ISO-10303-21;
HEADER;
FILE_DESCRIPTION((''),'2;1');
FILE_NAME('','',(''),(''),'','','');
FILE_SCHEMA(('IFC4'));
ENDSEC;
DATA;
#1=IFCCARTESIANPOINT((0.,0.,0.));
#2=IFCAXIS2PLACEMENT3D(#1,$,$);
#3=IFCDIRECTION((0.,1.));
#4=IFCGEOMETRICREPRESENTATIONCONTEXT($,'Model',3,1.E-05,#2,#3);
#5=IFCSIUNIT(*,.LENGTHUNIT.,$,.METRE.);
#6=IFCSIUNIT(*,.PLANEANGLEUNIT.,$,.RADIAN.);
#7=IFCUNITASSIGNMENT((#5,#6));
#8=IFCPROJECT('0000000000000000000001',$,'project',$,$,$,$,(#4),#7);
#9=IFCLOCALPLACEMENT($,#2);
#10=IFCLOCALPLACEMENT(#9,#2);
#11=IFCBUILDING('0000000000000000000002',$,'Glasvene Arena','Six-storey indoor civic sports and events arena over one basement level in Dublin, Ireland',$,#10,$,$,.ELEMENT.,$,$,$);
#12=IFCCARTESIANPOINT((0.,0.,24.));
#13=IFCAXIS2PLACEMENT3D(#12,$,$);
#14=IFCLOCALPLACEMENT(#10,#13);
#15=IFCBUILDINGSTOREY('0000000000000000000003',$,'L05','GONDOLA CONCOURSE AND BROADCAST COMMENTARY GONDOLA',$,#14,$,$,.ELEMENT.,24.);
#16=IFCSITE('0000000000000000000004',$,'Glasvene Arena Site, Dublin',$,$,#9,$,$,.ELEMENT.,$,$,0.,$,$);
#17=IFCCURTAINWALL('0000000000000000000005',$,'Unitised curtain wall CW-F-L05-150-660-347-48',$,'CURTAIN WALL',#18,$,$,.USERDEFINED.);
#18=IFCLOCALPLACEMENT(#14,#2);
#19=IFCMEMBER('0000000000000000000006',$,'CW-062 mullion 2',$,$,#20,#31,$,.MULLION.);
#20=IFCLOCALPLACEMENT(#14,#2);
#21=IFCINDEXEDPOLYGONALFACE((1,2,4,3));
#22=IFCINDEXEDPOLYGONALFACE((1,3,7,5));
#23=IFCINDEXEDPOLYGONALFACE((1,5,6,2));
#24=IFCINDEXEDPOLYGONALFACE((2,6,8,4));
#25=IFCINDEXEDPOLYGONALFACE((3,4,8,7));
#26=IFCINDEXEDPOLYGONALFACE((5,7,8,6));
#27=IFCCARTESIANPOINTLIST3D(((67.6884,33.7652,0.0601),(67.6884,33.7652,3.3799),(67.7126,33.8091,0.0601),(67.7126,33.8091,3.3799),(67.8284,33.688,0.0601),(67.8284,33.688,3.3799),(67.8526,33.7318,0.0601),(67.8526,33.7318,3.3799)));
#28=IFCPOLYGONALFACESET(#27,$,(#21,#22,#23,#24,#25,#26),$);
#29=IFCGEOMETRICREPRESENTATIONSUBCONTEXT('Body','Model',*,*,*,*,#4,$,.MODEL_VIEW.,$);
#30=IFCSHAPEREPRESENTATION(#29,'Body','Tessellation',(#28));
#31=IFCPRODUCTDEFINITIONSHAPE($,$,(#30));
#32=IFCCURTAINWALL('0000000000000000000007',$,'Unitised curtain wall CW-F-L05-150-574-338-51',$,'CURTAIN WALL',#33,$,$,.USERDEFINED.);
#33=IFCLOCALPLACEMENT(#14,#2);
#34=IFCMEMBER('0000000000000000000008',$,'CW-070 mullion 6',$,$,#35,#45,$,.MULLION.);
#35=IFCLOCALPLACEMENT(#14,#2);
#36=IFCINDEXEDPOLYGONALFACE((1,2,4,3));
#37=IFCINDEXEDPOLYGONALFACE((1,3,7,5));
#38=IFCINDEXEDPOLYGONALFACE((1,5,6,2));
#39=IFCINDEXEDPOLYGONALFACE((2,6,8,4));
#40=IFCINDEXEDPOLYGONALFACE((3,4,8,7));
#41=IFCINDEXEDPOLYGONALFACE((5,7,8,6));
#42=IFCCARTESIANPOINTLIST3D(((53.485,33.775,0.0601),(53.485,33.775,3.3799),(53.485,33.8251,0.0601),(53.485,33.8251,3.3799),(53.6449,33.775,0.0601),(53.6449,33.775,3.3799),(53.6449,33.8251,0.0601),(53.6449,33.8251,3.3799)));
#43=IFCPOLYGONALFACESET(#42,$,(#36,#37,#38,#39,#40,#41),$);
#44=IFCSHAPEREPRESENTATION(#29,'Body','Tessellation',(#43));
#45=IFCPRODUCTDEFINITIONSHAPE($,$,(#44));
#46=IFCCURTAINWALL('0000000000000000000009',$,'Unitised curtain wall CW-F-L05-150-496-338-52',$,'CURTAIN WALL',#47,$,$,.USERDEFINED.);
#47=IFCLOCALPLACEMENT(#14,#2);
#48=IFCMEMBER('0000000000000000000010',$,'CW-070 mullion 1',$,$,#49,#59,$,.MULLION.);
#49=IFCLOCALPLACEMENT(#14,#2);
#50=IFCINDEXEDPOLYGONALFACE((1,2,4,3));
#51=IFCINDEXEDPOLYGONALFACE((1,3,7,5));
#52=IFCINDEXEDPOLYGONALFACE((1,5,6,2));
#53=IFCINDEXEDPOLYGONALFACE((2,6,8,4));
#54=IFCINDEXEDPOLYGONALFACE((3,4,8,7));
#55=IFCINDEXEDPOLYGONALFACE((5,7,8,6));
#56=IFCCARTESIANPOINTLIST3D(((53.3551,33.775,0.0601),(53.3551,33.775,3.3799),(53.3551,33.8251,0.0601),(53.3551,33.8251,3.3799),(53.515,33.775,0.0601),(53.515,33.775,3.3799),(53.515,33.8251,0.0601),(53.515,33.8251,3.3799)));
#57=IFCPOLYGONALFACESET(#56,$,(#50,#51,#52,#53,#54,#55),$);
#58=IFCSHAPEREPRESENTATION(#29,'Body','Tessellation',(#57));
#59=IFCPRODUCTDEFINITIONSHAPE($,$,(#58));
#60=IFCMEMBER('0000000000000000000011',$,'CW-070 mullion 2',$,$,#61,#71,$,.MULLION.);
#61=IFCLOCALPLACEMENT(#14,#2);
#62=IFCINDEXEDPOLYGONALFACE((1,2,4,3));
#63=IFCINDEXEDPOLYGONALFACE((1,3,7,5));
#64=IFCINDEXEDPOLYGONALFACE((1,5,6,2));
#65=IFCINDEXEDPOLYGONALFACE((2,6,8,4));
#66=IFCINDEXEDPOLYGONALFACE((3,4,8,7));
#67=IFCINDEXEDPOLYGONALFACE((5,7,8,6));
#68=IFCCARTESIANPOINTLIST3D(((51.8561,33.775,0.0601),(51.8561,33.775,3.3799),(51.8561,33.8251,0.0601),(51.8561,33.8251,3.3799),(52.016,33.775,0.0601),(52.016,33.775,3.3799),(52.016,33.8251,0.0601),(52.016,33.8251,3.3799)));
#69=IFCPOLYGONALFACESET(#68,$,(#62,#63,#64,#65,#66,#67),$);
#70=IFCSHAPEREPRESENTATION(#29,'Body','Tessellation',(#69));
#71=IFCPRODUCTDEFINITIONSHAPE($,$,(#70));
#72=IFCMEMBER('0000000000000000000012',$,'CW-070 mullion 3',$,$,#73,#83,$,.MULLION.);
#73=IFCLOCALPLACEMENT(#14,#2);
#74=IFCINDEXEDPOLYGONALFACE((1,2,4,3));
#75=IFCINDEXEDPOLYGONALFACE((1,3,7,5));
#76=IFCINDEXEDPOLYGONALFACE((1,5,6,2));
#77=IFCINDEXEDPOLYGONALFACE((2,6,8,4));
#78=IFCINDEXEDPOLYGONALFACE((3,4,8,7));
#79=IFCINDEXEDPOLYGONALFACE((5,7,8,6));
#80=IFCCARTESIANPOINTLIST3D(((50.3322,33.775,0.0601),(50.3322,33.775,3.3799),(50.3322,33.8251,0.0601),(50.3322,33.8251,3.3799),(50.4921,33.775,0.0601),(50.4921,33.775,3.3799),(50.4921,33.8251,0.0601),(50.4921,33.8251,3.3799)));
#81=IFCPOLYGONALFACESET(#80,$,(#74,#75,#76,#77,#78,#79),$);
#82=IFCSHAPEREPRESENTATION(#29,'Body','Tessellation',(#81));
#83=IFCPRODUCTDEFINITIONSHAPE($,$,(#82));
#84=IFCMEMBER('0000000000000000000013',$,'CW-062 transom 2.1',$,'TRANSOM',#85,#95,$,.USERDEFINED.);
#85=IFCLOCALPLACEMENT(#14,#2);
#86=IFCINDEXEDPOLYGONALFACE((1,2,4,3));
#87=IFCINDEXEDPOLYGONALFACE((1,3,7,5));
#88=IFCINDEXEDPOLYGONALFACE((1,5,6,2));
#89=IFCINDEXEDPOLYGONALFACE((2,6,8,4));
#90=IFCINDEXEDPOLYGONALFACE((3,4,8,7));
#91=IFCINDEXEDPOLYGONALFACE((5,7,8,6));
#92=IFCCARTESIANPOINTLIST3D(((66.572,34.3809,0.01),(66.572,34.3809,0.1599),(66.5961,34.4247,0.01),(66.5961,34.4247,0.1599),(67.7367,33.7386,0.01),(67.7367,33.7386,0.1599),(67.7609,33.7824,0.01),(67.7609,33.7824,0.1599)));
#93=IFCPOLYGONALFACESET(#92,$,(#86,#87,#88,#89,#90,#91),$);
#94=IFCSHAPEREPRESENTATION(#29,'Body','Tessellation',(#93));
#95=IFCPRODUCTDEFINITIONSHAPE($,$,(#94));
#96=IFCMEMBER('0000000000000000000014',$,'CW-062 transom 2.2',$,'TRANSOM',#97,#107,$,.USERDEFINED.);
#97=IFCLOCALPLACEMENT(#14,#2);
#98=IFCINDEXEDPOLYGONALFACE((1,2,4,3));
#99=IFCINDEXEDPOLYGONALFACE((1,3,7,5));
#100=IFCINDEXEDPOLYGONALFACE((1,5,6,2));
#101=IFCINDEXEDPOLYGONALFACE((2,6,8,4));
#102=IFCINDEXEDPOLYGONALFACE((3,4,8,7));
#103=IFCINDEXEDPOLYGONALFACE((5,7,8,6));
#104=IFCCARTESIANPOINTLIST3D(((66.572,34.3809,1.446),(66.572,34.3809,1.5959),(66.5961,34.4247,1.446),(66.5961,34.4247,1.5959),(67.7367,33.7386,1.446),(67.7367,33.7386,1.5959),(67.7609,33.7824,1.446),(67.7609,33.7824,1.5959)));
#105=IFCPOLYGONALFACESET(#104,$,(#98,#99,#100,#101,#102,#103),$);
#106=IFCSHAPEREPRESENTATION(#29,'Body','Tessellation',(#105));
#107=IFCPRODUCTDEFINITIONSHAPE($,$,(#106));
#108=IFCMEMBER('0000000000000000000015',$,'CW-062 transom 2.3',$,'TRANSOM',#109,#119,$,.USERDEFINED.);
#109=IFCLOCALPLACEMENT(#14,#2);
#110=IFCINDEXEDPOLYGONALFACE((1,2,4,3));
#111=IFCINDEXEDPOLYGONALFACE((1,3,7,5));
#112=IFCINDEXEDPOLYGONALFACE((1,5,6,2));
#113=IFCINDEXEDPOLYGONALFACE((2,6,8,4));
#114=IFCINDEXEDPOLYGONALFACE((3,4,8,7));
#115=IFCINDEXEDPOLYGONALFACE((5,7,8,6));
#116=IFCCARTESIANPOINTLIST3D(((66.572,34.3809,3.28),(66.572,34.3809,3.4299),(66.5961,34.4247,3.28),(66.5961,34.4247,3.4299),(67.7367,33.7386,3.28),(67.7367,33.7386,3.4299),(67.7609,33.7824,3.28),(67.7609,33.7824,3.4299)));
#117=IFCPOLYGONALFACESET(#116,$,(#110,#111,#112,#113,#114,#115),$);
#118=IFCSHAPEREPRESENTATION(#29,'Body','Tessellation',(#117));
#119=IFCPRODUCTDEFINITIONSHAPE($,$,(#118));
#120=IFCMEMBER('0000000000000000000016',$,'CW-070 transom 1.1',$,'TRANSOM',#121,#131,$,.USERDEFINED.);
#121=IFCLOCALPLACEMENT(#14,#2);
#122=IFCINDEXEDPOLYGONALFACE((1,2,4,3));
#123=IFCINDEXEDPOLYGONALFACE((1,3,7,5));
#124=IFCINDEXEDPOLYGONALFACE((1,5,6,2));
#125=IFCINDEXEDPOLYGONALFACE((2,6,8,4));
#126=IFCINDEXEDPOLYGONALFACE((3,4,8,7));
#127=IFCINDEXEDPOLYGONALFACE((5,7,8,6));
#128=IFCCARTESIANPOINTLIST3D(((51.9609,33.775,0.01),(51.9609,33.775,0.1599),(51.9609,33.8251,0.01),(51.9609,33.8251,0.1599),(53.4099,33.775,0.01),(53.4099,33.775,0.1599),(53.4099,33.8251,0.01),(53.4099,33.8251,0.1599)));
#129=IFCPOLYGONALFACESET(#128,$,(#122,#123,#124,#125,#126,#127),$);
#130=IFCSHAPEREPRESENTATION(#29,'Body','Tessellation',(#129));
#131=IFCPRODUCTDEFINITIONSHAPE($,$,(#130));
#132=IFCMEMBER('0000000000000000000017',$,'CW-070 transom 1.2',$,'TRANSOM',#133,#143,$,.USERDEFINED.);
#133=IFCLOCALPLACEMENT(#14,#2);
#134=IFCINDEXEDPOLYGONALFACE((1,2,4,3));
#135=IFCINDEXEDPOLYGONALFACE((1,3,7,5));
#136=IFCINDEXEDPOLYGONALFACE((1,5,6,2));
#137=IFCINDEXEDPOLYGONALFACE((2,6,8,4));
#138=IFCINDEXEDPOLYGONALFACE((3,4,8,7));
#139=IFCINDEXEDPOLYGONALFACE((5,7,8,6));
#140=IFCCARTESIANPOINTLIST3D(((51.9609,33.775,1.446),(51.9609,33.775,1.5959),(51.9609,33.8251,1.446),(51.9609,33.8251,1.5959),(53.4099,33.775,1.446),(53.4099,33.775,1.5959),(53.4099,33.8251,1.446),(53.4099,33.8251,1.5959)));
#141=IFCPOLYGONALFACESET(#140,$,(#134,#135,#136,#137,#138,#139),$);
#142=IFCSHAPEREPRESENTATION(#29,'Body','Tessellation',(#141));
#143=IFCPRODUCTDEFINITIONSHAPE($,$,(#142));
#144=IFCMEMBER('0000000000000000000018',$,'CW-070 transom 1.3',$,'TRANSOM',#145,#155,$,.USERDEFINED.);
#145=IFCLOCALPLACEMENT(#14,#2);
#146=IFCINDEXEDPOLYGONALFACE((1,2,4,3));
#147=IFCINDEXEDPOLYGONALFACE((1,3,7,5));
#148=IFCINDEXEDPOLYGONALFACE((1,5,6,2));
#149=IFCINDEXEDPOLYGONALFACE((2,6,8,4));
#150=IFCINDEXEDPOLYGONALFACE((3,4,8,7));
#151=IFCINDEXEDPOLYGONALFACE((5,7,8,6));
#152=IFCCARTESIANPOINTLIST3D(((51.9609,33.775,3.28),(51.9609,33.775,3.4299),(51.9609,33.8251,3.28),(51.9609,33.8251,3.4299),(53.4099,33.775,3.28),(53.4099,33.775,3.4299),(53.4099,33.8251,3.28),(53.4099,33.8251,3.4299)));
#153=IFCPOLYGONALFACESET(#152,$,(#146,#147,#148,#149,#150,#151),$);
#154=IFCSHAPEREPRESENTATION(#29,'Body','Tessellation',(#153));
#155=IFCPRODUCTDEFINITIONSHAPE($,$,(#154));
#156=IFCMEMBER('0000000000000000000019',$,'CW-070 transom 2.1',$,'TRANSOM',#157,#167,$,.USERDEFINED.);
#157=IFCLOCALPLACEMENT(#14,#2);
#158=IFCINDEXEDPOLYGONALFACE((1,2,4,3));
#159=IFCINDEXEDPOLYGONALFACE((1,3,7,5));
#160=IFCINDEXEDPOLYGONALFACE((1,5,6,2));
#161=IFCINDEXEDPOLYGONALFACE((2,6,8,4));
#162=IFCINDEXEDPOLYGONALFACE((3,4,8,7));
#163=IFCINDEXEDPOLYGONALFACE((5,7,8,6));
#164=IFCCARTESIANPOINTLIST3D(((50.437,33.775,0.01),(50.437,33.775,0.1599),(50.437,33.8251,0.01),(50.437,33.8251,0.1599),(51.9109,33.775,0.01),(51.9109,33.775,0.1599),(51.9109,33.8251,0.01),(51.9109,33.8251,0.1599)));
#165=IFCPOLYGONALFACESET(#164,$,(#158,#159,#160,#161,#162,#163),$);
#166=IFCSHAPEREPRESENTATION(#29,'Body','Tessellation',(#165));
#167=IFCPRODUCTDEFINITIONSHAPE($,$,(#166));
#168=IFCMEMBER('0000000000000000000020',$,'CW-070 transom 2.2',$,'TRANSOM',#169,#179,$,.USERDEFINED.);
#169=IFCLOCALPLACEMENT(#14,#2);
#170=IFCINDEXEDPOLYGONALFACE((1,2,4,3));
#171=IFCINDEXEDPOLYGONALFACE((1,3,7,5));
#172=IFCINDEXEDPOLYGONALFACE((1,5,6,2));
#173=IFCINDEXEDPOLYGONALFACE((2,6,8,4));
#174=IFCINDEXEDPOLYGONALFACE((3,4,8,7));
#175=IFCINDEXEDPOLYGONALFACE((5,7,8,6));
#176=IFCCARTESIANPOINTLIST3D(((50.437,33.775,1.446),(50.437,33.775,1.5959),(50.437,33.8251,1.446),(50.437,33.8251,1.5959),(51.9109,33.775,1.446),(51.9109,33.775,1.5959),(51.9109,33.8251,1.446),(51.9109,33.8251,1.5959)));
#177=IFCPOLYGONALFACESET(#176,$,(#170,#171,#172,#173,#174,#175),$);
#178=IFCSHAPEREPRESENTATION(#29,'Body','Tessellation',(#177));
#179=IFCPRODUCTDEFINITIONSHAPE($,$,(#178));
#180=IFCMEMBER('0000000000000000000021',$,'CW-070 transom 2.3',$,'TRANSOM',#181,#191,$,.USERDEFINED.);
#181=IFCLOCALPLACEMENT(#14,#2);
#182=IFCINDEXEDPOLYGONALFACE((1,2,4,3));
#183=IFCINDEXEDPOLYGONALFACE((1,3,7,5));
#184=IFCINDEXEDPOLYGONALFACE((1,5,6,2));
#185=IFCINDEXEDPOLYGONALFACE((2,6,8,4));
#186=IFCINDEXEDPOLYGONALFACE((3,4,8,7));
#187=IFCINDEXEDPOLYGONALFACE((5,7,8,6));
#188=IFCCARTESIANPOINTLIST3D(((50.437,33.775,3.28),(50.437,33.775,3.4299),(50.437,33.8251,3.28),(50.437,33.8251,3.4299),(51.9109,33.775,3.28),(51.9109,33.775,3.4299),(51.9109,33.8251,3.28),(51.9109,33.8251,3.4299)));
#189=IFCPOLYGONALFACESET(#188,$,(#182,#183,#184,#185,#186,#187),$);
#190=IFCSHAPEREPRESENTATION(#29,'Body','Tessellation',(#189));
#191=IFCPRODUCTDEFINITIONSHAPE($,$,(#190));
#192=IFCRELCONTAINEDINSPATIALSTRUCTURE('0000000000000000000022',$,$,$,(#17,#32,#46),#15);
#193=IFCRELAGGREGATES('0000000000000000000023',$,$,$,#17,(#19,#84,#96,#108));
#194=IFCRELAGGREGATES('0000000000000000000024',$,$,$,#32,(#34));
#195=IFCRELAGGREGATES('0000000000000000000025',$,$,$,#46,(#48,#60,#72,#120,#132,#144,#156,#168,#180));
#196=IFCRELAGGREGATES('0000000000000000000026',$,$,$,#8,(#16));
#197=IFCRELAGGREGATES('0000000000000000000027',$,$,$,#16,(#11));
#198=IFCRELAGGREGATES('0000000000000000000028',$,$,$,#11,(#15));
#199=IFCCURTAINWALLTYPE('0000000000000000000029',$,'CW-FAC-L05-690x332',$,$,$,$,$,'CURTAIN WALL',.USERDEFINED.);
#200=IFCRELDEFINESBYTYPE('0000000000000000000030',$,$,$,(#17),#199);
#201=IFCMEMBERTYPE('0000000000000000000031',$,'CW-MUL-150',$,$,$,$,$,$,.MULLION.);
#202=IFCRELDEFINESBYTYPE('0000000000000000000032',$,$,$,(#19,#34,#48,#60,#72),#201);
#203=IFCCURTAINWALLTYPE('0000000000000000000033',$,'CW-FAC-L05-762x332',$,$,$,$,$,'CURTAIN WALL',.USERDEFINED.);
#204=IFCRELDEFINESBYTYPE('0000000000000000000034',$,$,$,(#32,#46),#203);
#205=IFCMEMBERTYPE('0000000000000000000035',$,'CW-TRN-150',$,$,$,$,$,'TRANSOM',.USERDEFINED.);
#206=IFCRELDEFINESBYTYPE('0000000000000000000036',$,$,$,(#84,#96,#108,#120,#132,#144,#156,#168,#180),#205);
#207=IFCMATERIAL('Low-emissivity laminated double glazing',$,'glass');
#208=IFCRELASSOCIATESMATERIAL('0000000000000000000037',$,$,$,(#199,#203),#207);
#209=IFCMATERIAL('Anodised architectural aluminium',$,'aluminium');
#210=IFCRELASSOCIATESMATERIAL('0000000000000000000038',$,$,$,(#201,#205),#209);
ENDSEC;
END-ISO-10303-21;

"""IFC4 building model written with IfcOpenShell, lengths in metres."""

from ifc_helpers import new_model, si_unit, direction, frame, origin, origin_2d, place, context, subcontext, project, spatial, rectangle, extrude, material, material_profile, profile_set, type_object, element, aggregate, save


model = new_model("IFC4")

# Units and contexts
model_context = context("Model", 3, precision=1e-05, world=origin(), true_north=direction((0.0, 1.0)))
body_context = subcontext(model_context, "Body", "Model", "MODEL_VIEW")
ifc_project = project(units=[si_unit("LENGTHUNIT", "METRE"), si_unit("PLANEANGLEUNIT", "RADIAN")], contexts=[model_context])

# Site, building, storey
site_placement = place(None, origin())
site = spatial("IfcSite", under=ifc_project, at=site_placement, Name="Glasvene Arena Site, Dublin", CompositionType="ELEMENT", RefElevation=0.0)
building_placement = place(site_placement, origin())
building = spatial("IfcBuilding", under=site, at=building_placement, Name="Glasvene Arena", Description="Six-storey indoor civic sports and events arena over one basement level in Dublin, Ireland", CompositionType="ELEMENT")
storey_placement = place(building_placement, frame((0.0, 0.0, 24.0)))
storey = spatial("IfcBuildingStorey", under=building, at=storey_placement, Name="L05", Description="GONDOLA CONCOURSE AND BROADCAST COMMENTARY GONDOLA", CompositionType="ELEMENT", Elevation=24.0)

# Curtain walls, members
ifc_material_1 = material(Name="Low-emissivity laminated double glazing", Category="glass")
curtain_wall_type_1 = type_object("IfcCurtainWallType", Name="CW-FAC-L05-690x332", ElementType="CURTAIN WALL", PredefinedType="USERDEFINED", material=ifc_material_1)
curtain_wall_1_placement = place(storey_placement, frame((68.979, 33.0818, 0.0)))
curtain_wall_1 = element("IfcCurtainWall", 1, at=curtain_wall_1_placement, inside=storey, type_object=curtain_wall_type_1, Name="Unitised curtain wall CW-F-L05-150-660-347-48", ObjectType="CURTAIN WALL", PredefinedType="USERDEFINED")
ifc_material_2 = material(Name="Anodised architectural aluminium", Category="aluminium")
ifc_material_profile_1 = material_profile(ifc_material_2, rectangle(XDim=0.05, YDim=0.1599, at=origin_2d()), Name="ALU MULLION 50x160")
ifc_profile_set_1 = profile_set([ifc_material_profile_1], Name="Anodised architectural aluminium")
member_type_1 = type_object("IfcMemberType", Name="CW-MUL-150", PredefinedType="MULLION", material=ifc_profile_set_1)
member_1_placement = place(storey_placement, frame((67.7705, 33.7485, 0.0601), z_axis=(0.0, 0.0, 1.0), x_axis=(-0.482939, -0.875654, 0.0)))
member_1 = element("IfcMember", 2, at=member_1_placement, type_object=member_type_1, Name="CW-062 mullion 2", PredefinedType="MULLION", context=body_context, shape_type="SweptSolid", body=[
    extrude(rectangle(XDim=0.05, YDim=0.1599, at=origin_2d()), origin(), (0.0, 0.0, 1.0), 3.3198),
])
curtain_wall_type_2 = type_object("IfcCurtainWallType", Name="CW-FAC-L05-762x332", ElementType="CURTAIN WALL", PredefinedType="USERDEFINED", material=ifc_material_1)
curtain_wall_2_placement = place(storey_placement, frame((61.1599, 33.8, 0.0)))
curtain_wall_2 = element("IfcCurtainWall", 3, at=curtain_wall_2_placement, inside=storey, type_object=curtain_wall_type_2, Name="Unitised curtain wall CW-F-L05-150-574-338-51", ObjectType="CURTAIN WALL", PredefinedType="USERDEFINED")
member_2_placement = place(storey_placement, frame((53.5649, 33.8, 0.0601), z_axis=(0.0, 0.0, 1.0), x_axis=(0.0, -1.0, 0.0)))
member_2 = element("IfcMember", 4, at=member_2_placement, type_object=member_type_1, Name="CW-070 mullion 6", PredefinedType="MULLION", context=body_context, shape_type="SweptSolid", body=[
    extrude(rectangle(XDim=0.05, YDim=0.1599, at=origin_2d()), origin(), (0.0, 0.0, 1.0), 3.3198),
])

# Curtain wall, members
curtain_wall_3_placement = place(storey_placement, frame((53.46, 33.8, 0.0)))
curtain_wall_3 = element("IfcCurtainWall", 5, at=curtain_wall_3_placement, inside=storey, type_object=curtain_wall_type_2, Name="Unitised curtain wall CW-F-L05-150-496-338-52", ObjectType="CURTAIN WALL", PredefinedType="USERDEFINED")
member_3_placement = place(storey_placement, frame((53.4351, 33.8, 0.0601), z_axis=(0.0, 0.0, 1.0), x_axis=(0.0, -1.0, 0.0)))
member_3 = element("IfcMember", 6, at=member_3_placement, type_object=member_type_1, Name="CW-070 mullion 1", PredefinedType="MULLION", context=body_context, shape_type="SweptSolid", body=[
    extrude(rectangle(XDim=0.05, YDim=0.1599, at=origin_2d()), origin(), (0.0, 0.0, 1.0), 3.3198),
])
member_4_placement = place(storey_placement, frame((51.936, 33.8, 0.0601), z_axis=(0.0, 0.0, 1.0), x_axis=(0.0, -1.0, 0.0)))
member_4 = element("IfcMember", 7, at=member_4_placement, type_object=member_type_1, Name="CW-070 mullion 2", PredefinedType="MULLION", context=body_context, shape_type="SweptSolid", body=[
    extrude(rectangle(XDim=0.05, YDim=0.1599, at=origin_2d()), origin(), (0.0, 0.0, 1.0), 3.3198),
])
member_5_placement = place(storey_placement, frame((50.4121, 33.8, 0.0601), z_axis=(0.0, 0.0, 1.0), x_axis=(0.0, -1.0, 0.0)))
member_5 = element("IfcMember", 8, at=member_5_placement, type_object=member_type_1, Name="CW-070 mullion 3", PredefinedType="MULLION", context=body_context, shape_type="SweptSolid", body=[
    extrude(rectangle(XDim=0.05, YDim=0.1599, at=origin_2d()), origin(), (0.0, 0.0, 1.0), 3.3198),
])

# Members
ifc_material_profile_2 = material_profile(ifc_material_2, rectangle(XDim=0.05, YDim=0.1499, at=origin_2d()), Name="ALU TRANSOM 50x150")
ifc_profile_set_2 = profile_set([ifc_material_profile_2], Name="Anodised architectural aluminium")
member_type_2 = type_object("IfcMemberType", Name="CW-TRN-150", ElementType="TRANSOM", PredefinedType="USERDEFINED", material=ifc_profile_set_2)
member_6_placement = place(storey_placement, frame((67.7488, 33.7605, 0.085), z_axis=(-0.875677, 0.482898, 0.0), x_axis=(-0.482898, -0.875677, 0.0)))
member_6 = element("IfcMember", 9, at=member_6_placement, type_object=member_type_2, Name="CW-062 transom 2.1", ObjectType="TRANSOM", PredefinedType="USERDEFINED", context=body_context, shape_type="SweptSolid", body=[
    extrude(rectangle(XDim=0.05, YDim=0.1499, at=origin_2d()), origin(), (0.0, 0.0, 1.0), 1.3301),
])
member_7_placement = place(storey_placement, frame((67.7488, 33.7605, 1.521), z_axis=(-0.875677, 0.482898, 0.0), x_axis=(-0.482898, -0.875677, 0.0)))
member_7 = element("IfcMember", 10, at=member_7_placement, type_object=member_type_2, Name="CW-062 transom 2.2", ObjectType="TRANSOM", PredefinedType="USERDEFINED", context=body_context, shape_type="SweptSolid", body=[
    extrude(rectangle(XDim=0.05, YDim=0.1499, at=origin_2d()), origin(), (0.0, 0.0, 1.0), 1.3301),
])
member_8_placement = place(storey_placement, frame((67.7488, 33.7605, 3.355), z_axis=(-0.875677, 0.482898, 0.0), x_axis=(-0.482898, -0.875677, 0.0)))
member_8 = element("IfcMember", 11, at=member_8_placement, type_object=member_type_2, Name="CW-062 transom 2.3", ObjectType="TRANSOM", PredefinedType="USERDEFINED", context=body_context, shape_type="SweptSolid", body=[
    extrude(rectangle(XDim=0.05, YDim=0.1499, at=origin_2d()), origin(), (0.0, 0.0, 1.0), 1.3301),
])
member_9_placement = place(storey_placement, frame((53.4099, 33.8, 0.085), z_axis=(-1.0, 0.0, 0.0), x_axis=(0.0, -1.0, 0.0)))
member_9 = element("IfcMember", 12, at=member_9_placement, type_object=member_type_2, Name="CW-070 transom 1.1", ObjectType="TRANSOM", PredefinedType="USERDEFINED", context=body_context, shape_type="SweptSolid", body=[
    extrude(rectangle(XDim=0.05, YDim=0.1499, at=origin_2d()), origin(), (0.0, 0.0, 1.0), 1.449),
])
member_10_placement = place(storey_placement, frame((53.4099, 33.8, 1.521), z_axis=(-1.0, 0.0, 0.0), x_axis=(0.0, -1.0, 0.0)))
member_10 = element("IfcMember", 13, at=member_10_placement, type_object=member_type_2, Name="CW-070 transom 1.2", ObjectType="TRANSOM", PredefinedType="USERDEFINED", context=body_context, shape_type="SweptSolid", body=[
    extrude(rectangle(XDim=0.05, YDim=0.1499, at=origin_2d()), origin(), (0.0, 0.0, 1.0), 1.449),
])
member_11_placement = place(storey_placement, frame((53.4099, 33.8, 3.355), z_axis=(-1.0, 0.0, 0.0), x_axis=(0.0, -1.0, 0.0)))
member_11 = element("IfcMember", 14, at=member_11_placement, type_object=member_type_2, Name="CW-070 transom 1.3", ObjectType="TRANSOM", PredefinedType="USERDEFINED", context=body_context, shape_type="SweptSolid", body=[
    extrude(rectangle(XDim=0.05, YDim=0.1499, at=origin_2d()), origin(), (0.0, 0.0, 1.0), 1.449),
])
member_12_placement = place(storey_placement, frame((51.9109, 33.8, 0.085), z_axis=(-1.0, 0.0, 0.0), x_axis=(0.0, -1.0, 0.0)))
member_12 = element("IfcMember", 15, at=member_12_placement, type_object=member_type_2, Name="CW-070 transom 2.1", ObjectType="TRANSOM", PredefinedType="USERDEFINED", context=body_context, shape_type="SweptSolid", body=[
    extrude(rectangle(XDim=0.05, YDim=0.1499, at=origin_2d()), origin(), (0.0, 0.0, 1.0), 1.4739),
])
member_13_placement = place(storey_placement, frame((51.9109, 33.8, 1.521), z_axis=(-1.0, 0.0, 0.0), x_axis=(0.0, -1.0, 0.0)))
member_13 = element("IfcMember", 16, at=member_13_placement, type_object=member_type_2, Name="CW-070 transom 2.2", ObjectType="TRANSOM", PredefinedType="USERDEFINED", context=body_context, shape_type="SweptSolid", body=[
    extrude(rectangle(XDim=0.05, YDim=0.1499, at=origin_2d()), origin(), (0.0, 0.0, 1.0), 1.4739),
])
member_14_placement = place(storey_placement, frame((51.9109, 33.8, 3.355), z_axis=(-1.0, 0.0, 0.0), x_axis=(0.0, -1.0, 0.0)))
member_14 = element("IfcMember", 17, at=member_14_placement, type_object=member_type_2, Name="CW-070 transom 2.3", ObjectType="TRANSOM", PredefinedType="USERDEFINED", context=body_context, shape_type="SweptSolid", body=[
    extrude(rectangle(XDim=0.05, YDim=0.1499, at=origin_2d()), origin(), (0.0, 0.0, 1.0), 1.4739),
])

aggregate(curtain_wall_1, [member_1, member_6, member_7, member_8])
aggregate(curtain_wall_2, [member_2])
aggregate(curtain_wall_3, [member_3, member_4, member_5, member_9, member_10, member_11, member_12, member_13, member_14])

save(model, "model.ifc")
